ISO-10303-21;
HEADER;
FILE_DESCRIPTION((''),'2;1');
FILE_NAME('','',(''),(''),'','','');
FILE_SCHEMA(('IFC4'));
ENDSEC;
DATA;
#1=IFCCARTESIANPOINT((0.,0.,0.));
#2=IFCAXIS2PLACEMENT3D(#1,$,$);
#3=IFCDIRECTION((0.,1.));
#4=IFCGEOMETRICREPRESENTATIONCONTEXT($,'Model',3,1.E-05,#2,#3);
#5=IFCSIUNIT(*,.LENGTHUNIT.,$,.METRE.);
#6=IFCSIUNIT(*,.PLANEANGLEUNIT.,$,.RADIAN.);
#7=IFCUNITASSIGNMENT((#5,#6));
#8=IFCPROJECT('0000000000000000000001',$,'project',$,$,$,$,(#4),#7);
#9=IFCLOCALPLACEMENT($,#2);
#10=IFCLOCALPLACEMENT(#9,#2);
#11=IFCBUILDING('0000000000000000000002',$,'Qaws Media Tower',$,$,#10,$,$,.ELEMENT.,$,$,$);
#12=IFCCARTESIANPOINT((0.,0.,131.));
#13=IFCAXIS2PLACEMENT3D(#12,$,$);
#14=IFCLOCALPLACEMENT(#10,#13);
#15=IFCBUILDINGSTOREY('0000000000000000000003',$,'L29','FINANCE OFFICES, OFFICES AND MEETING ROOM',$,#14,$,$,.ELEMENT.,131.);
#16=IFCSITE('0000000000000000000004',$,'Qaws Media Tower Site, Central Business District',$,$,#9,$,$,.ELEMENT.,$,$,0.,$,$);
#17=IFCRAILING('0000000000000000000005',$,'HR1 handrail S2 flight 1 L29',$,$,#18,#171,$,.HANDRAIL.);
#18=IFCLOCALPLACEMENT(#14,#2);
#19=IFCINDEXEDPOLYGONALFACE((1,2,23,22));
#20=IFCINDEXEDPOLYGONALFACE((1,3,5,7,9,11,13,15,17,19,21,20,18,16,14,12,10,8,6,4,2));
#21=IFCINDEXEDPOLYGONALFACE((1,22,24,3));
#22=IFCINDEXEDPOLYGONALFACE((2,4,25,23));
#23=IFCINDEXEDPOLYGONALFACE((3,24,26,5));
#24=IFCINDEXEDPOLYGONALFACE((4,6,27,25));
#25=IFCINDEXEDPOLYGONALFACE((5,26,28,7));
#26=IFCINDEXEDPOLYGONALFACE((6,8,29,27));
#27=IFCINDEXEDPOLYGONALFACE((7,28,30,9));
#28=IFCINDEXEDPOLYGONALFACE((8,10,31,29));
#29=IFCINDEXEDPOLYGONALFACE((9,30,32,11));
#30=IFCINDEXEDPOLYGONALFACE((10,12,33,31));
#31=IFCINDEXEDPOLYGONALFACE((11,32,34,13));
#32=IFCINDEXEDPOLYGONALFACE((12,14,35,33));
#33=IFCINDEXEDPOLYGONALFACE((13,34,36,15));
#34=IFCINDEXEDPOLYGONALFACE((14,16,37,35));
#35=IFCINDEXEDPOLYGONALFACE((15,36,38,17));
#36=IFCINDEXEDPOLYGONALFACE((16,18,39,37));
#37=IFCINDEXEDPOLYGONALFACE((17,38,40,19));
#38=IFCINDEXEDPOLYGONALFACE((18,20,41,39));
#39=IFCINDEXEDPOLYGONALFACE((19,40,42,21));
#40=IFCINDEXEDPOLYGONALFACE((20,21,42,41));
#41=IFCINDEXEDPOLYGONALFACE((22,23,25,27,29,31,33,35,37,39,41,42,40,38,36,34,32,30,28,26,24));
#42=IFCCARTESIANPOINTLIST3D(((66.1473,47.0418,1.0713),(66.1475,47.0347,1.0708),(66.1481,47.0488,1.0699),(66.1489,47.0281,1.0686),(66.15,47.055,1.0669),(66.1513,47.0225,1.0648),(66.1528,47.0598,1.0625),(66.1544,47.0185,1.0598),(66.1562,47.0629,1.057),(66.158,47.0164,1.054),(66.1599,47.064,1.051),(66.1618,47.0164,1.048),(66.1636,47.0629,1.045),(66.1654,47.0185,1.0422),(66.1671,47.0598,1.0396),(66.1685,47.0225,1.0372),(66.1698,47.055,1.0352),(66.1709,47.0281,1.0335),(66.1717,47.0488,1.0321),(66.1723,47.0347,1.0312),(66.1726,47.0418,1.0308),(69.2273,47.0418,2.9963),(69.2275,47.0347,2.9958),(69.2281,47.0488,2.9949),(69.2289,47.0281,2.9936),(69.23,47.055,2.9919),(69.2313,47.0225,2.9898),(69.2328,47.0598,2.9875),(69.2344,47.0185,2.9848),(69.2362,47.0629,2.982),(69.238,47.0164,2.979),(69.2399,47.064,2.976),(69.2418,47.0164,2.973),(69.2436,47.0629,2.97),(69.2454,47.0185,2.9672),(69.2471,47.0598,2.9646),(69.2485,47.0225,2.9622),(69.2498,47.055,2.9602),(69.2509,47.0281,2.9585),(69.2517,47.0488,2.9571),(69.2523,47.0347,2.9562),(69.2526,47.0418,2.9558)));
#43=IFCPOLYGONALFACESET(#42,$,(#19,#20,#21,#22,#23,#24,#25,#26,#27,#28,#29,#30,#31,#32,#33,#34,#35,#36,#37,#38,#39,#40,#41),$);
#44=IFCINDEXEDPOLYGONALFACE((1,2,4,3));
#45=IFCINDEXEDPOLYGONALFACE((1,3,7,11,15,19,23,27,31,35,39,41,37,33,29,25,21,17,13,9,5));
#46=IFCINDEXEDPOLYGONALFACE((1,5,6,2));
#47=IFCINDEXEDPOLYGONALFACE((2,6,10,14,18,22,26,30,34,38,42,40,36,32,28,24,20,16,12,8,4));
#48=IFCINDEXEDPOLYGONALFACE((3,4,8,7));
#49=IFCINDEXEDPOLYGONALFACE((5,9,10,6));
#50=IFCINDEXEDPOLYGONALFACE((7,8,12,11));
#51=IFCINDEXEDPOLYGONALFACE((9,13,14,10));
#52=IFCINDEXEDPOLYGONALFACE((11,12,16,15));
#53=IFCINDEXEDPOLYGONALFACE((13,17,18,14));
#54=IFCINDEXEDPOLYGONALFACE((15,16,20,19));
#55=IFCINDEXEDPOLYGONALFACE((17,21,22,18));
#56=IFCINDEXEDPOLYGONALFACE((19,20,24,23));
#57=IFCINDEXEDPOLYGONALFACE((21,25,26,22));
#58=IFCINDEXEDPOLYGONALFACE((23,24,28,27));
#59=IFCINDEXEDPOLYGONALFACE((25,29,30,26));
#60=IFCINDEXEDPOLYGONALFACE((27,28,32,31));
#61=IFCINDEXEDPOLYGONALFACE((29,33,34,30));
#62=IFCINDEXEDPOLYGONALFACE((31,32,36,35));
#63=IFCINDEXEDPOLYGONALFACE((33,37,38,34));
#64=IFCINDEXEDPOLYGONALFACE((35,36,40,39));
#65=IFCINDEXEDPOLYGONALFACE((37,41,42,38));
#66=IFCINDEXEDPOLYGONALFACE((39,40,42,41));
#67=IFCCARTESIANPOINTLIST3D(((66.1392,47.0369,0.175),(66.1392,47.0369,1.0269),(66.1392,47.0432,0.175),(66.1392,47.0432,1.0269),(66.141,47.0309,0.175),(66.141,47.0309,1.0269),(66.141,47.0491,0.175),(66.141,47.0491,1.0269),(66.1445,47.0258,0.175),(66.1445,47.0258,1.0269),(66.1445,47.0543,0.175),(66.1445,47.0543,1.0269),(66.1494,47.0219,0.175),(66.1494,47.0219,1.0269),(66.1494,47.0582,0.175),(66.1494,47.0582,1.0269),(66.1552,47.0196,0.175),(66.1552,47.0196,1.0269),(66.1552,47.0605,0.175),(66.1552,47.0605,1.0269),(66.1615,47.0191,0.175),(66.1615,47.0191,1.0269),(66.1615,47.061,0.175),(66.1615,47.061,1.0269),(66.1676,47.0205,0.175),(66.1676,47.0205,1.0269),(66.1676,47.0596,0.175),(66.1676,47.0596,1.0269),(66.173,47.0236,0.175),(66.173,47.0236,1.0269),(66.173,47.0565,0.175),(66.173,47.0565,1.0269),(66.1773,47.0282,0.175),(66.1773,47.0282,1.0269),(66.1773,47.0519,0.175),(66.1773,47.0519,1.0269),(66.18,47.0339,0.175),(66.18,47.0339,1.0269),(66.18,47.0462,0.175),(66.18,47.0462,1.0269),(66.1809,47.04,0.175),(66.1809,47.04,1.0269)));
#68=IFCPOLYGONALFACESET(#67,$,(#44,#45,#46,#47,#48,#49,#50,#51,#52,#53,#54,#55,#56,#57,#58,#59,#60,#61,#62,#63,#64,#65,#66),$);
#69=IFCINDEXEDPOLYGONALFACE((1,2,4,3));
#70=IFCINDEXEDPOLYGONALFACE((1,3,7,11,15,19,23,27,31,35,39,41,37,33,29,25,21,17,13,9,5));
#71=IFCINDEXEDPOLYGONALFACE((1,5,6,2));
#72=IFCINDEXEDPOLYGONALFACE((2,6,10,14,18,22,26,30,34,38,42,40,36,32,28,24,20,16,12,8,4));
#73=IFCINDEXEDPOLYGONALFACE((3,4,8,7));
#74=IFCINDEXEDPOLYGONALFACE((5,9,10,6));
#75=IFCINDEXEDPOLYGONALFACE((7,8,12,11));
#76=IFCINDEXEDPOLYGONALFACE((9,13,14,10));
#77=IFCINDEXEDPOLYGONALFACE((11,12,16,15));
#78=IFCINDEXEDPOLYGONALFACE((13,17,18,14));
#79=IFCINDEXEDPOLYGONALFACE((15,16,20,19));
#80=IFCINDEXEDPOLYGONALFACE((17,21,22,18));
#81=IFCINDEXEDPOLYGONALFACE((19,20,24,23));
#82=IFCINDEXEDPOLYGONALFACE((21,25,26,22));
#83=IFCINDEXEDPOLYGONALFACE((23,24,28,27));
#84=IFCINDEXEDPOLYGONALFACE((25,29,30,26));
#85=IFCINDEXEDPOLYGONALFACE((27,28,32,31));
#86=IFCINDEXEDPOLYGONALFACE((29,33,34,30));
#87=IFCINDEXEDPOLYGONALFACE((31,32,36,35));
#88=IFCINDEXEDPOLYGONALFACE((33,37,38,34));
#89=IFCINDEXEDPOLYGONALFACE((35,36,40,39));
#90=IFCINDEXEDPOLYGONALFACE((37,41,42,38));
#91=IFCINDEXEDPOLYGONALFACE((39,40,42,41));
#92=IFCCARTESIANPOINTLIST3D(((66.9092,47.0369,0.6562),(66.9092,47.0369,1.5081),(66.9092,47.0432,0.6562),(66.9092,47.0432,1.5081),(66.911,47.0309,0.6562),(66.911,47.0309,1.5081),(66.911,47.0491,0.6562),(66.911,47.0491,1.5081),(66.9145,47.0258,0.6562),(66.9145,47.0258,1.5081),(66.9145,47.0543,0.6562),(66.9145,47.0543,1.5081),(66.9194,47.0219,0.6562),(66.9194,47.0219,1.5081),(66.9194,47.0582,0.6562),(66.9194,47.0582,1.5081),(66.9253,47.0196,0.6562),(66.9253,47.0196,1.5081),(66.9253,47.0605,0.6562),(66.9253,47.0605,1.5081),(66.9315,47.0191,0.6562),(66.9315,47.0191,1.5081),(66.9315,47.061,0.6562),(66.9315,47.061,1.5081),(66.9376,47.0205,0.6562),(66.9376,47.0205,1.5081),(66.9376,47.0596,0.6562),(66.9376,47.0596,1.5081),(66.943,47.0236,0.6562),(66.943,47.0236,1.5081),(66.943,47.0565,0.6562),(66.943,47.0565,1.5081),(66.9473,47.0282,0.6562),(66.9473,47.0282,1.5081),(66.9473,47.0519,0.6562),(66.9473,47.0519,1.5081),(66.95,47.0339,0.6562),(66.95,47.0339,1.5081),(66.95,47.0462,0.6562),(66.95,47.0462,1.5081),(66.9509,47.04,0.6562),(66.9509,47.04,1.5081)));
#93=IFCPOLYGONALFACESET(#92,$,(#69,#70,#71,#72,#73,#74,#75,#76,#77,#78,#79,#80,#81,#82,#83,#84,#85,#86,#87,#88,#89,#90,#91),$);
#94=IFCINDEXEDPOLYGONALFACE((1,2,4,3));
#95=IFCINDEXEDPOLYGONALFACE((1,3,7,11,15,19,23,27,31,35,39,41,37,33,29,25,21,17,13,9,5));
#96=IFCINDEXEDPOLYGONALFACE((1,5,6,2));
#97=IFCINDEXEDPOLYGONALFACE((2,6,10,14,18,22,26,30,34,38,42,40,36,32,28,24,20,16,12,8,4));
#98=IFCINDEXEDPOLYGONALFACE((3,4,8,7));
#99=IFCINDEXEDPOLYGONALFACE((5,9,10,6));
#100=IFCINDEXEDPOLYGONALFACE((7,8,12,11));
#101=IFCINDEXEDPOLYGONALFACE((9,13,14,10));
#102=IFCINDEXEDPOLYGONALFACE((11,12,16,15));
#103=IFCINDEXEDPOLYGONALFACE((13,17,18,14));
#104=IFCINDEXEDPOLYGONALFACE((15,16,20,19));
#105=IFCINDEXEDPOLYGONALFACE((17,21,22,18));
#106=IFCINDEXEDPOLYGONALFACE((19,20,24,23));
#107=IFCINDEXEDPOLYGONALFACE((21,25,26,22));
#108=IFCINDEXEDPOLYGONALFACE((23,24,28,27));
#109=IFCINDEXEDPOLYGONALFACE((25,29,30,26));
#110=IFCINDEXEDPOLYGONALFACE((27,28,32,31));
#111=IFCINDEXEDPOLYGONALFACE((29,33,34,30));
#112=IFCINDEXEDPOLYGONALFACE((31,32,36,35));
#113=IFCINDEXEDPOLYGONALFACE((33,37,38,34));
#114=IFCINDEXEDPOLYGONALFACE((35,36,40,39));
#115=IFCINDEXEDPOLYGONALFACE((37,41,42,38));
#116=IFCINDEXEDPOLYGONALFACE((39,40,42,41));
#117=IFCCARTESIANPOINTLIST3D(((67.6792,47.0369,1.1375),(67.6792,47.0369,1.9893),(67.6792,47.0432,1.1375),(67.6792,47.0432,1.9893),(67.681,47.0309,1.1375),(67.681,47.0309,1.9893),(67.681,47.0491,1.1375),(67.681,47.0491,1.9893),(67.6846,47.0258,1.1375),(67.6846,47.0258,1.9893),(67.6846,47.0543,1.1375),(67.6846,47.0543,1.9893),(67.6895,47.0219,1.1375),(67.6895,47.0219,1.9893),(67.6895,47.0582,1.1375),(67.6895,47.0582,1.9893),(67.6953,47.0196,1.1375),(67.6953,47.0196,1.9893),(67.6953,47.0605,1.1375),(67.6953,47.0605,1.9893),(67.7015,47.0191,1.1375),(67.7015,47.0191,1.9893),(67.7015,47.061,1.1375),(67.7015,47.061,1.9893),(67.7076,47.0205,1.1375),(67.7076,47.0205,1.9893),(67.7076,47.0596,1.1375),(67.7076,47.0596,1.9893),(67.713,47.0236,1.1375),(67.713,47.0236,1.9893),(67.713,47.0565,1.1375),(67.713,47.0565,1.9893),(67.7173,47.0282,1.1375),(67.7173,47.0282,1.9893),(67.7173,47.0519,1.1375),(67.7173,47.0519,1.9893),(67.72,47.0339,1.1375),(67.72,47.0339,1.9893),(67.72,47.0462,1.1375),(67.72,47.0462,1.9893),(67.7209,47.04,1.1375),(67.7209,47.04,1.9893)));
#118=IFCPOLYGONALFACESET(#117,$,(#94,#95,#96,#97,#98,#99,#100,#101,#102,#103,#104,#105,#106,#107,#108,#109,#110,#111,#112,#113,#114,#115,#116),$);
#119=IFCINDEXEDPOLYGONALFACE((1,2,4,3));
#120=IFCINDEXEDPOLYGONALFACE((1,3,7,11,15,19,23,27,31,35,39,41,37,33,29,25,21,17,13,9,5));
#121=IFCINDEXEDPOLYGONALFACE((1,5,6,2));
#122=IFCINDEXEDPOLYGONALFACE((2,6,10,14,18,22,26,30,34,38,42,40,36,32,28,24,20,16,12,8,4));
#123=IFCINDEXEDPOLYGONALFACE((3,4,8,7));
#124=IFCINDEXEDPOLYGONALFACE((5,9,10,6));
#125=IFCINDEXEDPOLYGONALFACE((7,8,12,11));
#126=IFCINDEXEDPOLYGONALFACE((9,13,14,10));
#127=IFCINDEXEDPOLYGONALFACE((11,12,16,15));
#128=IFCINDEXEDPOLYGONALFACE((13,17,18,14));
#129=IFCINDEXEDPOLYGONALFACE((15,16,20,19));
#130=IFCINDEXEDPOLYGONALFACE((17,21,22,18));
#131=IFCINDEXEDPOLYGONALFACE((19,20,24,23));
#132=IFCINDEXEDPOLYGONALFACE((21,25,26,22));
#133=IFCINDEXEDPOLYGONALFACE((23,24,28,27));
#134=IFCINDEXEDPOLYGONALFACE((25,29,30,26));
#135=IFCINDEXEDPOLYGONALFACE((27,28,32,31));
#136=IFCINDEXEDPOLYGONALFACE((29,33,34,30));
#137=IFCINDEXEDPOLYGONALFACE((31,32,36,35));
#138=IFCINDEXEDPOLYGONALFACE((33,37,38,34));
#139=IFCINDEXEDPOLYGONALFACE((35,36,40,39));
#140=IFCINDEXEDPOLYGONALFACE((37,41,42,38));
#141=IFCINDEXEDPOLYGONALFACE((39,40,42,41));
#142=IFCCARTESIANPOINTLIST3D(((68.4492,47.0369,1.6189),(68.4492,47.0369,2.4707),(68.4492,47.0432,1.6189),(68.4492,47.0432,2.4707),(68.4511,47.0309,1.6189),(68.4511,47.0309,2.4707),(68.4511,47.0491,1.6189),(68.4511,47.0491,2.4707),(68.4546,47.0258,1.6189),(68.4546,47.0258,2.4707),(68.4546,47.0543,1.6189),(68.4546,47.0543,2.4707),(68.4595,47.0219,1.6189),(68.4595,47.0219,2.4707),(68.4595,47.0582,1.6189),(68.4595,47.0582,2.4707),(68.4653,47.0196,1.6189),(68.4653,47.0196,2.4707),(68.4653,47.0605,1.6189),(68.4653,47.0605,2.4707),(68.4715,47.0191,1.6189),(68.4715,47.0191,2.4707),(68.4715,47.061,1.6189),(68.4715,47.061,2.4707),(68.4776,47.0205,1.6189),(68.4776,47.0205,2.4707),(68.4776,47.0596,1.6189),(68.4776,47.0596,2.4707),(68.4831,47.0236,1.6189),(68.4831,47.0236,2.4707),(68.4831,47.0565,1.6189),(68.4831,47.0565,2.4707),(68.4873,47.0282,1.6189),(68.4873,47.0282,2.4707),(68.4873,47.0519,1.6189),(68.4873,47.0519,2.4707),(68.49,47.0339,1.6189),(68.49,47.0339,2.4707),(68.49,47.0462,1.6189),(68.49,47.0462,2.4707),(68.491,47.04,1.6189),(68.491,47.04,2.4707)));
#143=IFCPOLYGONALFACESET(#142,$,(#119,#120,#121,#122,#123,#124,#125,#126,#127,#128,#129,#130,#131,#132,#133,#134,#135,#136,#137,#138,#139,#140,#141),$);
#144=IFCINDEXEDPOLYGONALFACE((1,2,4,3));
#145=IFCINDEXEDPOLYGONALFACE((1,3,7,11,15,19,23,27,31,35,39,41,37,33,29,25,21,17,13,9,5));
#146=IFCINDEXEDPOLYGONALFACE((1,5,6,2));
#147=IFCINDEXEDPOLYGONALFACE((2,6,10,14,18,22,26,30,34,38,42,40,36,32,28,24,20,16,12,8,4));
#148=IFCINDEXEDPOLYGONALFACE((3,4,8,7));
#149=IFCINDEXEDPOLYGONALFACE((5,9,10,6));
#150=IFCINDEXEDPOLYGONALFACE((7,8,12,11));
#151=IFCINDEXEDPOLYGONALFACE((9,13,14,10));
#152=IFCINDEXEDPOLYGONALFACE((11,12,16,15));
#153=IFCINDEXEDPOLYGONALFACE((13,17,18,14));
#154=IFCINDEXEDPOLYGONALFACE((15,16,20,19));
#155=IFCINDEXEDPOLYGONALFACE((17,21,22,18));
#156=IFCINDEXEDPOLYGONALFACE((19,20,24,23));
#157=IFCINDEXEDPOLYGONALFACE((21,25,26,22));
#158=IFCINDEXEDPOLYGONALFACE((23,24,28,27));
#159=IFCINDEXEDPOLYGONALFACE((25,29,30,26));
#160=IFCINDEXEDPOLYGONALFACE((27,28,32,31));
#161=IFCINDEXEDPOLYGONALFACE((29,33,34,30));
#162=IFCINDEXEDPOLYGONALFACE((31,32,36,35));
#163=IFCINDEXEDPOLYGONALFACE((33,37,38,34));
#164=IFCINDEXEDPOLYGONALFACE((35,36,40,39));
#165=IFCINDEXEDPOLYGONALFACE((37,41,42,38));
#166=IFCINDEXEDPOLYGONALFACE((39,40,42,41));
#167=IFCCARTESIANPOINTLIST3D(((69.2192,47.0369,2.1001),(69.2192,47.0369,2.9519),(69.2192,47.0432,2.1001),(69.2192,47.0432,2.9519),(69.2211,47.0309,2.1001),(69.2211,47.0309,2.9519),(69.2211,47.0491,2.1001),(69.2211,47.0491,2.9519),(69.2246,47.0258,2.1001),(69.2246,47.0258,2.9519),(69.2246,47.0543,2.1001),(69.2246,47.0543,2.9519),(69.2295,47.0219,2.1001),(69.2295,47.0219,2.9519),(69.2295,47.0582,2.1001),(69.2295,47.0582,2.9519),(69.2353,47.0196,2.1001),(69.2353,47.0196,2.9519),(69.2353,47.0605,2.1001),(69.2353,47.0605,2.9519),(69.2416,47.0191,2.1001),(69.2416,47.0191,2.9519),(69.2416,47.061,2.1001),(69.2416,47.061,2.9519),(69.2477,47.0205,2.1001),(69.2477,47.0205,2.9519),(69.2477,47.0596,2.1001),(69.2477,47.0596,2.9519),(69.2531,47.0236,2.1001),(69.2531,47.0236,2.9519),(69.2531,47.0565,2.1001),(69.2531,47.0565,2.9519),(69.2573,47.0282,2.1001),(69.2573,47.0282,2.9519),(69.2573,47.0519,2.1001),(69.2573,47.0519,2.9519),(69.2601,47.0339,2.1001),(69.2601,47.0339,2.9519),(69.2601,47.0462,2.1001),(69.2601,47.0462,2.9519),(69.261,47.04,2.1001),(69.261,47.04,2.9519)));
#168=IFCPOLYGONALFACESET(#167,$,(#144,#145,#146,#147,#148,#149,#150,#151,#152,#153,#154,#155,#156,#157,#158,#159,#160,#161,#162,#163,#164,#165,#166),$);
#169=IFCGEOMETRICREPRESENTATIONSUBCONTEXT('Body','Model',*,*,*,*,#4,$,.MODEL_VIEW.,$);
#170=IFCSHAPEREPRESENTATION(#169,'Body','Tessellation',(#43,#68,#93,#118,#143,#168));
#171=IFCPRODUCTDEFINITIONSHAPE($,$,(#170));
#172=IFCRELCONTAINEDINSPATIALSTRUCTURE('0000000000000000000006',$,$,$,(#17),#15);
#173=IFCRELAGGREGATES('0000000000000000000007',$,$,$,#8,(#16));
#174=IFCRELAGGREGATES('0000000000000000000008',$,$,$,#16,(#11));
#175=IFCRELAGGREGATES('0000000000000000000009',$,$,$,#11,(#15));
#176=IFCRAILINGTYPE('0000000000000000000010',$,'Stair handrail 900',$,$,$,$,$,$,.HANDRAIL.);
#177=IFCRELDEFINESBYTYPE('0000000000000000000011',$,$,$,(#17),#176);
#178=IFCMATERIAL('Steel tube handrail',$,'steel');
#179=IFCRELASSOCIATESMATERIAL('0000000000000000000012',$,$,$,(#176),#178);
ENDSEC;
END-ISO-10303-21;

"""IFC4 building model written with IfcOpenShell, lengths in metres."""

from ifc_helpers import new_model, si_unit, direction, frame, origin, origin_2d, place, context, subcontext, project, spatial, circle, extrude, material, type_object, element, save


model = new_model("IFC4")

# Units and contexts
model_context = context("Model", 3, precision=1e-05, world=origin(), true_north=direction((0.0, 1.0)))
body_context = subcontext(model_context, "Body", "Model", "MODEL_VIEW")
ifc_project = project(units=[si_unit("LENGTHUNIT", "METRE"), si_unit("PLANEANGLEUNIT", "RADIAN")], contexts=[model_context])

# Site, building, storey
site_placement = place(None, origin())
site = spatial("IfcSite", under=ifc_project, at=site_placement, Name="Qaws Media Tower Site, Central Business District", CompositionType="ELEMENT", RefElevation=0.0)
building_placement = place(site_placement, origin())
building = spatial("IfcBuilding", under=site, at=building_placement, Name="Qaws Media Tower", CompositionType="ELEMENT")
storey_placement = place(building_placement, frame((0.0, 0.0, 131.0)))
storey = spatial("IfcBuildingStorey", under=building, at=storey_placement, Name="L29", Description="FINANCE OFFICES, OFFICES AND MEETING ROOM", CompositionType="ELEMENT", Elevation=131.0)

# Railing
ifc_material_1 = material(Name="Steel tube handrail", Category="steel")
railing_type = type_object("IfcRailingType", Name="Stair handrail 900", PredefinedType="HANDRAIL", material=ifc_material_1)
for number, where, name in (
    (1, (66.1599, 47.04, 0.175), "HR1 handrail S2 flight 1 L29"),
):
    element("IfcRailing", number, at=place(storey_placement, frame(where)), inside=storey, type_object=railing_type, Name=name, PredefinedType="HANDRAIL", context=body_context, shape_type="SweptSolid", body=[
        extrude(circle(Radius=0.0239, at=origin_2d()), frame((0.0, 0.0, 0.876), z_axis=(0.847998, 0.0, 0.529999), x_axis=(0.0, 1.0, 0.0)), (0.0, 0.0, 1.0), 3.6321),
        extrude(circle(Radius=0.021, at=origin_2d()), origin(), (0.0, 0.0, 1.0), 0.8518),
        extrude(circle(Radius=0.021, at=origin_2d()), frame((0.77, 0.0, 0.4812)), (0.0, 0.0, 1.0), 0.8518),
        extrude(circle(Radius=0.021, at=origin_2d()), frame((1.54, 0.0, 0.9624)), (0.0, 0.0, 1.0), 0.8518),
        extrude(circle(Radius=0.021, at=origin_2d()), frame((2.3101, 0.0, 1.4438)), (0.0, 0.0, 1.0), 0.8518),
        extrude(circle(Radius=0.021, at=origin_2d()), frame((3.0801, 0.0, 1.925)), (0.0, 0.0, 1.0), 0.8518),
    ])

save(model, "model.ifc")
